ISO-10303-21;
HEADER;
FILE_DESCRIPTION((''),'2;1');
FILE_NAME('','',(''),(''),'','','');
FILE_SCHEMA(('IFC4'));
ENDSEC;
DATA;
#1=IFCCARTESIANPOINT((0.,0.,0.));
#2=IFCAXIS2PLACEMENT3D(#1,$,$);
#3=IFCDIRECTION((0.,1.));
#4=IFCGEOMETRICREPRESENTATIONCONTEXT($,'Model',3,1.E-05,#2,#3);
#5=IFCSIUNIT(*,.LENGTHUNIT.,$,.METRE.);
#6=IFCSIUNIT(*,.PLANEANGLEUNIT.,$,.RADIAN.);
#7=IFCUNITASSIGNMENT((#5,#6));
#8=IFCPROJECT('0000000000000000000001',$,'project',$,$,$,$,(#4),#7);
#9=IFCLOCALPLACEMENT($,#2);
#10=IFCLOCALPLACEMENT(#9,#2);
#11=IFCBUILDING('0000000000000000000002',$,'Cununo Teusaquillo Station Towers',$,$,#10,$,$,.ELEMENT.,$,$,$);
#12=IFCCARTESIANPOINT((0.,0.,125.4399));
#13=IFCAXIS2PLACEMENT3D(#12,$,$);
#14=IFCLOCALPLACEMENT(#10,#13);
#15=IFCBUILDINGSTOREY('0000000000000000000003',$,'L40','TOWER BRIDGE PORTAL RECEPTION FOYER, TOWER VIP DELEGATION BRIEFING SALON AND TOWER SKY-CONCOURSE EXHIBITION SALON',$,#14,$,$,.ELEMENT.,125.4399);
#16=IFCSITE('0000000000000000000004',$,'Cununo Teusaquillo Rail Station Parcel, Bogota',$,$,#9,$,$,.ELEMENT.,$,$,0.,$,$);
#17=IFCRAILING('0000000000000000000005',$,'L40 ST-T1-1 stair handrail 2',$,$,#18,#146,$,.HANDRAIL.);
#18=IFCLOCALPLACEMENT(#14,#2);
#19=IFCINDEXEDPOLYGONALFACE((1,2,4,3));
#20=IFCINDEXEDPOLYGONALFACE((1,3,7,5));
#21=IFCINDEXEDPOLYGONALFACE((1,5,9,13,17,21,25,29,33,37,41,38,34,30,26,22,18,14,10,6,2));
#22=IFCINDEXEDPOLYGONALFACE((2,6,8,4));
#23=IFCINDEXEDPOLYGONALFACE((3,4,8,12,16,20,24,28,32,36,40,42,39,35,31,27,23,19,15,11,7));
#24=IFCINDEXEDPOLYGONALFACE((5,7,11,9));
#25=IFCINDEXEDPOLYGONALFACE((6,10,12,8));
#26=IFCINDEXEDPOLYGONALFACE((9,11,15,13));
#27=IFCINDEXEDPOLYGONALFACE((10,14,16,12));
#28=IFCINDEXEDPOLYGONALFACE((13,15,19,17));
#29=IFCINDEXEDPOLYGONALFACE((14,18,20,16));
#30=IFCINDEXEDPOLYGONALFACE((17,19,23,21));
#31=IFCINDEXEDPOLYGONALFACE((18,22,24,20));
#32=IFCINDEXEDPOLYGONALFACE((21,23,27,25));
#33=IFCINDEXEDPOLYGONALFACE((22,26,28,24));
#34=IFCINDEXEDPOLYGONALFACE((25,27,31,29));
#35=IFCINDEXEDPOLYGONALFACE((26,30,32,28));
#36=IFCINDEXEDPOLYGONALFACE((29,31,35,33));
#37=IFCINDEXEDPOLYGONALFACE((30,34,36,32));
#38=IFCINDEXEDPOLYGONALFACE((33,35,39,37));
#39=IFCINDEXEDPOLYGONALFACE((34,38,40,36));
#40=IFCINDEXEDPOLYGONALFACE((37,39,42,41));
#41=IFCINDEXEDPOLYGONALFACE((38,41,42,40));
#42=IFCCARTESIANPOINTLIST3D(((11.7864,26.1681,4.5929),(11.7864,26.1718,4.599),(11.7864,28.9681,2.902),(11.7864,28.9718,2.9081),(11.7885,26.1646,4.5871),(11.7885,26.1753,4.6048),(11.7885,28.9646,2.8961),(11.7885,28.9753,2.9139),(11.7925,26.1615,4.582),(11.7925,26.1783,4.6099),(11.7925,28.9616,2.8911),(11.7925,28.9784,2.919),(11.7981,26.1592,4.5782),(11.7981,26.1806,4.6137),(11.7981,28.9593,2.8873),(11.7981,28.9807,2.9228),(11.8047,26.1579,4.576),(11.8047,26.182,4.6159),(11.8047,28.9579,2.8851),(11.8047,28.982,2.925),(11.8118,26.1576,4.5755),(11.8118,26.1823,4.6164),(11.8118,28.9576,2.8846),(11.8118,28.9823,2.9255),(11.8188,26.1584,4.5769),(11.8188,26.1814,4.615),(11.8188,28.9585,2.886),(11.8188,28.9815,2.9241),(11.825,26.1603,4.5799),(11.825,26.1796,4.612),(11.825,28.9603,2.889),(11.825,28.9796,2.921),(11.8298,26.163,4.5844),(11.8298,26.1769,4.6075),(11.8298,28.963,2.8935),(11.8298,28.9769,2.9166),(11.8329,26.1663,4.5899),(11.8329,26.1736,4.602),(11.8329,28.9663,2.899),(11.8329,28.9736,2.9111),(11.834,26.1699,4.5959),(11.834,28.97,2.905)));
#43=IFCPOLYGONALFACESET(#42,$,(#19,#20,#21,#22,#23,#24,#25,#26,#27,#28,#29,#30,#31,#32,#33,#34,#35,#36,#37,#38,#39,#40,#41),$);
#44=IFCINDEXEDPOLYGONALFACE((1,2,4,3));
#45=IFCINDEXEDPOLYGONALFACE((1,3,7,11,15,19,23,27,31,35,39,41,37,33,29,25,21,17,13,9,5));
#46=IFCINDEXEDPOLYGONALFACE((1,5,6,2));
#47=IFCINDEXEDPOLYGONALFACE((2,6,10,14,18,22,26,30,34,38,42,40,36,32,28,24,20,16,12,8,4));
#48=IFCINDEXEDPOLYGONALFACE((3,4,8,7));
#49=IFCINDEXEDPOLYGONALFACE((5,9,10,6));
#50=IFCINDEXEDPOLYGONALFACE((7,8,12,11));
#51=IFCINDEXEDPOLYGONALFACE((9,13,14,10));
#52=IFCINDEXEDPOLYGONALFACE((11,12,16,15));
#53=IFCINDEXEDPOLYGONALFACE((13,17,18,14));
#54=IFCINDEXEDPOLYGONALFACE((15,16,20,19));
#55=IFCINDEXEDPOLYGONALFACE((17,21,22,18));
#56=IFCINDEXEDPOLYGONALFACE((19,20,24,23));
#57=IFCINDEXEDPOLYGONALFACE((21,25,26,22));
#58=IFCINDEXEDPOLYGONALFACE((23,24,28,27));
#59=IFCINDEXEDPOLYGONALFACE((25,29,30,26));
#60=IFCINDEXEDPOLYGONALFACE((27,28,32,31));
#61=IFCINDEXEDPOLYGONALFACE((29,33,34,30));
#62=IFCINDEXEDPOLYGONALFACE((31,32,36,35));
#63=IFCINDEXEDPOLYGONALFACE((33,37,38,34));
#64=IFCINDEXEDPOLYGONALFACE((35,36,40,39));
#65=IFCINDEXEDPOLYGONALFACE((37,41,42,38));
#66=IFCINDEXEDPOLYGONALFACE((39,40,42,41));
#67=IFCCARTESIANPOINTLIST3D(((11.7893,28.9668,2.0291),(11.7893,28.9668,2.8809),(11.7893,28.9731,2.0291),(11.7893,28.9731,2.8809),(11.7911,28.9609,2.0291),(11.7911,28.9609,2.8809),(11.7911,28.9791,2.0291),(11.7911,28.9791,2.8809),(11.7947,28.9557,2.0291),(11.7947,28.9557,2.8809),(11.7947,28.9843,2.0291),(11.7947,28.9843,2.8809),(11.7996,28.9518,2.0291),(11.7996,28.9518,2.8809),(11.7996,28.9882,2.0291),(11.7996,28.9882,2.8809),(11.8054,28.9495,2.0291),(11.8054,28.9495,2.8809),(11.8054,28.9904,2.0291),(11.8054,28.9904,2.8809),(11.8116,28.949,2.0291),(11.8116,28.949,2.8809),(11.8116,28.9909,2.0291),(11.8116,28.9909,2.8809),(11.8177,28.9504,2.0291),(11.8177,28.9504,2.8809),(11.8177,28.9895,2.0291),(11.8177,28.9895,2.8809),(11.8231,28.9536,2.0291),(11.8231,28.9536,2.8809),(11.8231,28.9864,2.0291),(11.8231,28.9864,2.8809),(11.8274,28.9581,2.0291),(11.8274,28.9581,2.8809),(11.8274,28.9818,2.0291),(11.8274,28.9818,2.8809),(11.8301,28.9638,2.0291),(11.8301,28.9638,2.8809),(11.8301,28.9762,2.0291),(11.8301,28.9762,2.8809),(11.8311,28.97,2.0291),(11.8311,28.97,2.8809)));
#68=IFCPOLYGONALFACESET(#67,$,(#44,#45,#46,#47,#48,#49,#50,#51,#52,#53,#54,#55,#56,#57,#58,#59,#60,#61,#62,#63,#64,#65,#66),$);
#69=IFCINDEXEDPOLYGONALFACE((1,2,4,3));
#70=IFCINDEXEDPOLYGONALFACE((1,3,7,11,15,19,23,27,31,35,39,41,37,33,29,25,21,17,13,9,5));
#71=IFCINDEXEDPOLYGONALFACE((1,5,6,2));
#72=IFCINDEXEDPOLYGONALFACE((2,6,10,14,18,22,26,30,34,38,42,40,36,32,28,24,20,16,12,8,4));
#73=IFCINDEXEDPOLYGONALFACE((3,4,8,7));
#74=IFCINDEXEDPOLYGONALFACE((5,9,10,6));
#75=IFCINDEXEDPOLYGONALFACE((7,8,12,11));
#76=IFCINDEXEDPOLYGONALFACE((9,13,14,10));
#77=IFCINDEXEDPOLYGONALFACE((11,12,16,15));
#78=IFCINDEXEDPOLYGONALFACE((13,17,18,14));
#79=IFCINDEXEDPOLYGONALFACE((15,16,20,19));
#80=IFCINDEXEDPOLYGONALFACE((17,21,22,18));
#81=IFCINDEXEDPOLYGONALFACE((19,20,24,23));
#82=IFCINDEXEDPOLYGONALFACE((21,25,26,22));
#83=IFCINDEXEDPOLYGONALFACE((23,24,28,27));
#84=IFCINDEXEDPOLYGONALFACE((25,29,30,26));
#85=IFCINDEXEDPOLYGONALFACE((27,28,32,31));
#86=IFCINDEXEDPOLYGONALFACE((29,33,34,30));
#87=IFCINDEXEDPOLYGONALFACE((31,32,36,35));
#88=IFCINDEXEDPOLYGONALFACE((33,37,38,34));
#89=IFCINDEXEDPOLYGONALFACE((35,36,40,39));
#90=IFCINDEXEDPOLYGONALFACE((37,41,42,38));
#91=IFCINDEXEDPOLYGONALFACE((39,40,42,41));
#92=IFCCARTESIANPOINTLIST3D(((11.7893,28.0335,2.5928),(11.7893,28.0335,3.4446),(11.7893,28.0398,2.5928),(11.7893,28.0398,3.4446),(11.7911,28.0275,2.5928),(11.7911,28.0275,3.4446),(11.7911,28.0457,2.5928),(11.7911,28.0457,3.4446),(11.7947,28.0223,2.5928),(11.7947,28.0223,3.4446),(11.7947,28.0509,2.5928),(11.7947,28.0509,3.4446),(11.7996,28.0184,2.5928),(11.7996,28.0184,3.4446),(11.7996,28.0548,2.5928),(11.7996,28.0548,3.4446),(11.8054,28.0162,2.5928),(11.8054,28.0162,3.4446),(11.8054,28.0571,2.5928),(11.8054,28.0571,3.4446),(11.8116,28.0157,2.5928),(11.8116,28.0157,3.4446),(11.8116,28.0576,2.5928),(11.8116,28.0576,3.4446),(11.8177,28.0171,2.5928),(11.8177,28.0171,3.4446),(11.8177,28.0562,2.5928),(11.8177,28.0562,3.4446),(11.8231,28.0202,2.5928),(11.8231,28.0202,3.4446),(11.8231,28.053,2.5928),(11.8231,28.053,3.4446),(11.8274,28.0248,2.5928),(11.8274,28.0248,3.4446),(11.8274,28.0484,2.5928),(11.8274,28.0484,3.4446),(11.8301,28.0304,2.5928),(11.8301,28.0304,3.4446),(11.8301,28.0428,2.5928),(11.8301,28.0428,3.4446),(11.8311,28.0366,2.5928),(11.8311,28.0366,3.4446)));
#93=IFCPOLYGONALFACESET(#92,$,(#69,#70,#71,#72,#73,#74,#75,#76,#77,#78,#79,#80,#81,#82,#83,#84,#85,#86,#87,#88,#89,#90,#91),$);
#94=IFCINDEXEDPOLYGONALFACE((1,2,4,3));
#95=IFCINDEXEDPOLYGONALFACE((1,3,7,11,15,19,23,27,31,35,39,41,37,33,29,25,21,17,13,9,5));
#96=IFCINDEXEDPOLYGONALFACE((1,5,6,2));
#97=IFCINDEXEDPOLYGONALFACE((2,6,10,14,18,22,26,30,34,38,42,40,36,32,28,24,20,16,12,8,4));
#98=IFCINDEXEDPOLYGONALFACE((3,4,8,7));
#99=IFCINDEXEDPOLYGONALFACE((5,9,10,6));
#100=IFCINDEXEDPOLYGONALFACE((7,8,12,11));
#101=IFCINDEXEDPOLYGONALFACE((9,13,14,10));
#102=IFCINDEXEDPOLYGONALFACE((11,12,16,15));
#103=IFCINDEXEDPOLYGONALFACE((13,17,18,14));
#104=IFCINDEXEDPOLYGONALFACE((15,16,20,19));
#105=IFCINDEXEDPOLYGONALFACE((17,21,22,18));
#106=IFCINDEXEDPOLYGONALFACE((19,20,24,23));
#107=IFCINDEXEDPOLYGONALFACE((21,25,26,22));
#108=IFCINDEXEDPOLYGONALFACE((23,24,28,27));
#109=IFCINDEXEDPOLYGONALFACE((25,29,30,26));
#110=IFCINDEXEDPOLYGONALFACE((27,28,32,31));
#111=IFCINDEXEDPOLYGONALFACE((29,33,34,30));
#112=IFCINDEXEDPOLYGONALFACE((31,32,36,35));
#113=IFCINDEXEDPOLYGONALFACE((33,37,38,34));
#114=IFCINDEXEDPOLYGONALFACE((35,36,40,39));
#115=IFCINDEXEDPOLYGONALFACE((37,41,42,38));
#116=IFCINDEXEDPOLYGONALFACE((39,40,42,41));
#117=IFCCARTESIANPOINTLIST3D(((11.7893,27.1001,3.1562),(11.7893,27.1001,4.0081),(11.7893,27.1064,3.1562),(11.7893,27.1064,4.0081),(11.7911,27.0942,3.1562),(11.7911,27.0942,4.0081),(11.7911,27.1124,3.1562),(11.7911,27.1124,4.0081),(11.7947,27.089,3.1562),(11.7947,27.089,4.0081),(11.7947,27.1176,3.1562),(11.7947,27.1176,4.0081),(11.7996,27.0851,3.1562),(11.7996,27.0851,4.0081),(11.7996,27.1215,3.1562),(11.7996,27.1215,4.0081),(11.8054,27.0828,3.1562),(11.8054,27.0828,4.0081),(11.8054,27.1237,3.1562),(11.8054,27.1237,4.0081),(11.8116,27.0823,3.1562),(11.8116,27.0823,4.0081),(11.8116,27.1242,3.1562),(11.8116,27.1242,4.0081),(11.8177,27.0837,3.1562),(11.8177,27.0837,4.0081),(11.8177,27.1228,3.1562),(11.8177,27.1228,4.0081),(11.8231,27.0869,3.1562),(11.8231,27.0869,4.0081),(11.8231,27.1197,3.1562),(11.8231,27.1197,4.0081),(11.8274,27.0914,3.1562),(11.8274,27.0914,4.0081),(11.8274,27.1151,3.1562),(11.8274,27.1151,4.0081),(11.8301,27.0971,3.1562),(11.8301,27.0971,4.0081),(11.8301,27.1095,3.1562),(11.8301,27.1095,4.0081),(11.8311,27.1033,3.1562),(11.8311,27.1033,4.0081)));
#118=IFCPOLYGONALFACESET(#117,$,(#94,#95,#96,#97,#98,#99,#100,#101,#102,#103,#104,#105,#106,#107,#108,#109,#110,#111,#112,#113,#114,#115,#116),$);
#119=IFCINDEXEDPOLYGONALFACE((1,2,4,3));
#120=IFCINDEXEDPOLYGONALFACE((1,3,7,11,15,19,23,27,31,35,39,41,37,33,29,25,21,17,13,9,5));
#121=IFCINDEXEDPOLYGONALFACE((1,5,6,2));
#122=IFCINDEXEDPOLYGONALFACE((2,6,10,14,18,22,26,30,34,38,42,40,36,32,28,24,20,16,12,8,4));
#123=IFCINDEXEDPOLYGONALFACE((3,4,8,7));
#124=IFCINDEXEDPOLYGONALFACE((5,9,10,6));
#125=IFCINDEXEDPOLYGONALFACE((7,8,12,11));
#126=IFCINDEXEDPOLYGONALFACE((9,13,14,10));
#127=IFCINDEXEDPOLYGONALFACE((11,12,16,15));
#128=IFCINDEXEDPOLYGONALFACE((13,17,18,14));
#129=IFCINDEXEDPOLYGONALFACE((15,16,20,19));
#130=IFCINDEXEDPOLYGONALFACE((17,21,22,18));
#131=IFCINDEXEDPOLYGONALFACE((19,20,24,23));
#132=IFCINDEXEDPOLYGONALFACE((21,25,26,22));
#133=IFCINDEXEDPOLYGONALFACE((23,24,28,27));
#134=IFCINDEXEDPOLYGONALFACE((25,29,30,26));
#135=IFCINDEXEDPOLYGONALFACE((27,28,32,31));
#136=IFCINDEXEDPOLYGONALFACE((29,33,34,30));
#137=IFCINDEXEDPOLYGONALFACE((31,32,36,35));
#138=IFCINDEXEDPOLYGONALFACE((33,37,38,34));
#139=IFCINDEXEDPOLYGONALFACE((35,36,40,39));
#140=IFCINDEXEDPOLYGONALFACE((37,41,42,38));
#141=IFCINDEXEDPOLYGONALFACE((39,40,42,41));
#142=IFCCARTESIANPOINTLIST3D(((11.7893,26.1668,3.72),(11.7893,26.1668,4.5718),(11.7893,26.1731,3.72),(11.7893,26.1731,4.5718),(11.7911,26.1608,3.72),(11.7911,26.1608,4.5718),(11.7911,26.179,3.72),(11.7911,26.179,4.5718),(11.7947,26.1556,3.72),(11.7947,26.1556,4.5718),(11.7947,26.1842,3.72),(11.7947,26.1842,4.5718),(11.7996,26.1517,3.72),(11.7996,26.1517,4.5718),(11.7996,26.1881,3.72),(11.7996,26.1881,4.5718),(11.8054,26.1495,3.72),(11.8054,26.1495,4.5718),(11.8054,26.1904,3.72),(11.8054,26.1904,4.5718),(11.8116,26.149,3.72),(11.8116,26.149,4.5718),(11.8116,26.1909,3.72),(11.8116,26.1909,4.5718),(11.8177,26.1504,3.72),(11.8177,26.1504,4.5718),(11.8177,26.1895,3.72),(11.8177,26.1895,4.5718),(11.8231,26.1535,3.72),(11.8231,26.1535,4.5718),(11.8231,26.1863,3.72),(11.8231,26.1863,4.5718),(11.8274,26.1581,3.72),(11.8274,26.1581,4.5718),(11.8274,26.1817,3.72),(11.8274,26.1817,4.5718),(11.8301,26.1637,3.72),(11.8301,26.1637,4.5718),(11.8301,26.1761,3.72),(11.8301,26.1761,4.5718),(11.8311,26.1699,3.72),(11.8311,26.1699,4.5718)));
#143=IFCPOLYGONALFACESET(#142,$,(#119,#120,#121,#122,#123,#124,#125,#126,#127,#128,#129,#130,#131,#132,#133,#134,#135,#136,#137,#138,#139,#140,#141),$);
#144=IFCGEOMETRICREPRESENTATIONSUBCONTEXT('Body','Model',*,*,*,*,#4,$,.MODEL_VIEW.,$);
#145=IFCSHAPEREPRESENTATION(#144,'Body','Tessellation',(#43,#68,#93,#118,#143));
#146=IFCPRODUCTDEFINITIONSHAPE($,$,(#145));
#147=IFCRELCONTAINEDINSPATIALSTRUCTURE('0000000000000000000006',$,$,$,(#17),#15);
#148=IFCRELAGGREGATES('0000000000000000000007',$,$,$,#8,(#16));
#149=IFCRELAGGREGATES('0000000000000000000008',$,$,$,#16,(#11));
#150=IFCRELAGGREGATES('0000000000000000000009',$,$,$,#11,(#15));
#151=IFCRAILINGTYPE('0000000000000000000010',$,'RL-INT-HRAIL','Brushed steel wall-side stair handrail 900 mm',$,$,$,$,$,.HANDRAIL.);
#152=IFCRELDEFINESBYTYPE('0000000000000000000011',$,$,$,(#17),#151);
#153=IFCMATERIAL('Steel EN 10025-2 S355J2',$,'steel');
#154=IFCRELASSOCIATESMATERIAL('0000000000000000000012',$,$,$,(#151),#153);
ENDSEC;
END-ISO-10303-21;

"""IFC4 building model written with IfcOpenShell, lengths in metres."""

from ifc_helpers import new_model, si_unit, direction, frame, origin, origin_2d, place, context, subcontext, project, spatial, circle, extrude, material, type_object, element, save


model = new_model("IFC4")

# Units and contexts
model_context = context("Model", 3, precision=1e-05, world=origin(), true_north=direction((0.0, 1.0)))
body_context = subcontext(model_context, "Body", "Model", "MODEL_VIEW")
ifc_project = project(units=[si_unit("LENGTHUNIT", "METRE"), si_unit("PLANEANGLEUNIT", "RADIAN")], contexts=[model_context])

# Site, building, storey
site_placement = place(None, origin())
site = spatial("IfcSite", under=ifc_project, at=site_placement, Name="Cununo Teusaquillo Rail Station Parcel, Bogota", CompositionType="ELEMENT", RefElevation=0.0)
building_placement = place(site_placement, origin())
building = spatial("IfcBuilding", under=site, at=building_placement, Name="Cununo Teusaquillo Station Towers", CompositionType="ELEMENT")
storey_placement = place(building_placement, frame((0.0, 0.0, 125.4399)))
storey = spatial("IfcBuildingStorey", under=building, at=storey_placement, Name="L40", Description="TOWER BRIDGE PORTAL RECEPTION FOYER, TOWER VIP DELEGATION BRIEFING SALON AND TOWER SKY-CONCOURSE EXHIBITION SALON", CompositionType="ELEMENT", Elevation=125.4399)

# Railing
ifc_material_1 = material(Name="Steel EN 10025-2 S355J2", Category="steel")
railing_type_1 = type_object("IfcRailingType", Name="RL-INT-HRAIL", Description="Brushed steel wall-side stair handrail 900 mm", PredefinedType="HANDRAIL", material=ifc_material_1)
railing_1_placement = place(storey_placement, frame((11.8101, 28.97, 2.0291)))
element("IfcRailing", 1, at=railing_1_placement, inside=storey, type_object=railing_type_1, Name="L40 ST-T1-1 stair handrail 2", PredefinedType="HANDRAIL", context=body_context, shape_type="SweptSolid", body=[
    extrude(circle(Radius=0.0239, at=origin_2d()), frame((0.0, 0.0, 0.876), z_axis=(0.0, -0.856021, 0.516941), x_axis=(1.0, 0.0, 0.0)), (0.0, 0.0, 1.0), 3.271),
    extrude(circle(Radius=0.021, at=origin_2d()), origin(), (0.0, 0.0, 1.0), 0.8518),
    extrude(circle(Radius=0.021, at=origin_2d()), frame((0.0, -0.9333, 0.5637)), (0.0, 0.0, 1.0), 0.8518),
    extrude(circle(Radius=0.021, at=origin_2d()), frame((0.0, -1.8667, 1.1272)), (0.0, 0.0, 1.0), 0.8518),
    extrude(circle(Radius=0.021, at=origin_2d()), frame((0.0, -2.8, 1.6909)), (0.0, 0.0, 1.0), 0.8518),
])

save(model, "model.ifc")
